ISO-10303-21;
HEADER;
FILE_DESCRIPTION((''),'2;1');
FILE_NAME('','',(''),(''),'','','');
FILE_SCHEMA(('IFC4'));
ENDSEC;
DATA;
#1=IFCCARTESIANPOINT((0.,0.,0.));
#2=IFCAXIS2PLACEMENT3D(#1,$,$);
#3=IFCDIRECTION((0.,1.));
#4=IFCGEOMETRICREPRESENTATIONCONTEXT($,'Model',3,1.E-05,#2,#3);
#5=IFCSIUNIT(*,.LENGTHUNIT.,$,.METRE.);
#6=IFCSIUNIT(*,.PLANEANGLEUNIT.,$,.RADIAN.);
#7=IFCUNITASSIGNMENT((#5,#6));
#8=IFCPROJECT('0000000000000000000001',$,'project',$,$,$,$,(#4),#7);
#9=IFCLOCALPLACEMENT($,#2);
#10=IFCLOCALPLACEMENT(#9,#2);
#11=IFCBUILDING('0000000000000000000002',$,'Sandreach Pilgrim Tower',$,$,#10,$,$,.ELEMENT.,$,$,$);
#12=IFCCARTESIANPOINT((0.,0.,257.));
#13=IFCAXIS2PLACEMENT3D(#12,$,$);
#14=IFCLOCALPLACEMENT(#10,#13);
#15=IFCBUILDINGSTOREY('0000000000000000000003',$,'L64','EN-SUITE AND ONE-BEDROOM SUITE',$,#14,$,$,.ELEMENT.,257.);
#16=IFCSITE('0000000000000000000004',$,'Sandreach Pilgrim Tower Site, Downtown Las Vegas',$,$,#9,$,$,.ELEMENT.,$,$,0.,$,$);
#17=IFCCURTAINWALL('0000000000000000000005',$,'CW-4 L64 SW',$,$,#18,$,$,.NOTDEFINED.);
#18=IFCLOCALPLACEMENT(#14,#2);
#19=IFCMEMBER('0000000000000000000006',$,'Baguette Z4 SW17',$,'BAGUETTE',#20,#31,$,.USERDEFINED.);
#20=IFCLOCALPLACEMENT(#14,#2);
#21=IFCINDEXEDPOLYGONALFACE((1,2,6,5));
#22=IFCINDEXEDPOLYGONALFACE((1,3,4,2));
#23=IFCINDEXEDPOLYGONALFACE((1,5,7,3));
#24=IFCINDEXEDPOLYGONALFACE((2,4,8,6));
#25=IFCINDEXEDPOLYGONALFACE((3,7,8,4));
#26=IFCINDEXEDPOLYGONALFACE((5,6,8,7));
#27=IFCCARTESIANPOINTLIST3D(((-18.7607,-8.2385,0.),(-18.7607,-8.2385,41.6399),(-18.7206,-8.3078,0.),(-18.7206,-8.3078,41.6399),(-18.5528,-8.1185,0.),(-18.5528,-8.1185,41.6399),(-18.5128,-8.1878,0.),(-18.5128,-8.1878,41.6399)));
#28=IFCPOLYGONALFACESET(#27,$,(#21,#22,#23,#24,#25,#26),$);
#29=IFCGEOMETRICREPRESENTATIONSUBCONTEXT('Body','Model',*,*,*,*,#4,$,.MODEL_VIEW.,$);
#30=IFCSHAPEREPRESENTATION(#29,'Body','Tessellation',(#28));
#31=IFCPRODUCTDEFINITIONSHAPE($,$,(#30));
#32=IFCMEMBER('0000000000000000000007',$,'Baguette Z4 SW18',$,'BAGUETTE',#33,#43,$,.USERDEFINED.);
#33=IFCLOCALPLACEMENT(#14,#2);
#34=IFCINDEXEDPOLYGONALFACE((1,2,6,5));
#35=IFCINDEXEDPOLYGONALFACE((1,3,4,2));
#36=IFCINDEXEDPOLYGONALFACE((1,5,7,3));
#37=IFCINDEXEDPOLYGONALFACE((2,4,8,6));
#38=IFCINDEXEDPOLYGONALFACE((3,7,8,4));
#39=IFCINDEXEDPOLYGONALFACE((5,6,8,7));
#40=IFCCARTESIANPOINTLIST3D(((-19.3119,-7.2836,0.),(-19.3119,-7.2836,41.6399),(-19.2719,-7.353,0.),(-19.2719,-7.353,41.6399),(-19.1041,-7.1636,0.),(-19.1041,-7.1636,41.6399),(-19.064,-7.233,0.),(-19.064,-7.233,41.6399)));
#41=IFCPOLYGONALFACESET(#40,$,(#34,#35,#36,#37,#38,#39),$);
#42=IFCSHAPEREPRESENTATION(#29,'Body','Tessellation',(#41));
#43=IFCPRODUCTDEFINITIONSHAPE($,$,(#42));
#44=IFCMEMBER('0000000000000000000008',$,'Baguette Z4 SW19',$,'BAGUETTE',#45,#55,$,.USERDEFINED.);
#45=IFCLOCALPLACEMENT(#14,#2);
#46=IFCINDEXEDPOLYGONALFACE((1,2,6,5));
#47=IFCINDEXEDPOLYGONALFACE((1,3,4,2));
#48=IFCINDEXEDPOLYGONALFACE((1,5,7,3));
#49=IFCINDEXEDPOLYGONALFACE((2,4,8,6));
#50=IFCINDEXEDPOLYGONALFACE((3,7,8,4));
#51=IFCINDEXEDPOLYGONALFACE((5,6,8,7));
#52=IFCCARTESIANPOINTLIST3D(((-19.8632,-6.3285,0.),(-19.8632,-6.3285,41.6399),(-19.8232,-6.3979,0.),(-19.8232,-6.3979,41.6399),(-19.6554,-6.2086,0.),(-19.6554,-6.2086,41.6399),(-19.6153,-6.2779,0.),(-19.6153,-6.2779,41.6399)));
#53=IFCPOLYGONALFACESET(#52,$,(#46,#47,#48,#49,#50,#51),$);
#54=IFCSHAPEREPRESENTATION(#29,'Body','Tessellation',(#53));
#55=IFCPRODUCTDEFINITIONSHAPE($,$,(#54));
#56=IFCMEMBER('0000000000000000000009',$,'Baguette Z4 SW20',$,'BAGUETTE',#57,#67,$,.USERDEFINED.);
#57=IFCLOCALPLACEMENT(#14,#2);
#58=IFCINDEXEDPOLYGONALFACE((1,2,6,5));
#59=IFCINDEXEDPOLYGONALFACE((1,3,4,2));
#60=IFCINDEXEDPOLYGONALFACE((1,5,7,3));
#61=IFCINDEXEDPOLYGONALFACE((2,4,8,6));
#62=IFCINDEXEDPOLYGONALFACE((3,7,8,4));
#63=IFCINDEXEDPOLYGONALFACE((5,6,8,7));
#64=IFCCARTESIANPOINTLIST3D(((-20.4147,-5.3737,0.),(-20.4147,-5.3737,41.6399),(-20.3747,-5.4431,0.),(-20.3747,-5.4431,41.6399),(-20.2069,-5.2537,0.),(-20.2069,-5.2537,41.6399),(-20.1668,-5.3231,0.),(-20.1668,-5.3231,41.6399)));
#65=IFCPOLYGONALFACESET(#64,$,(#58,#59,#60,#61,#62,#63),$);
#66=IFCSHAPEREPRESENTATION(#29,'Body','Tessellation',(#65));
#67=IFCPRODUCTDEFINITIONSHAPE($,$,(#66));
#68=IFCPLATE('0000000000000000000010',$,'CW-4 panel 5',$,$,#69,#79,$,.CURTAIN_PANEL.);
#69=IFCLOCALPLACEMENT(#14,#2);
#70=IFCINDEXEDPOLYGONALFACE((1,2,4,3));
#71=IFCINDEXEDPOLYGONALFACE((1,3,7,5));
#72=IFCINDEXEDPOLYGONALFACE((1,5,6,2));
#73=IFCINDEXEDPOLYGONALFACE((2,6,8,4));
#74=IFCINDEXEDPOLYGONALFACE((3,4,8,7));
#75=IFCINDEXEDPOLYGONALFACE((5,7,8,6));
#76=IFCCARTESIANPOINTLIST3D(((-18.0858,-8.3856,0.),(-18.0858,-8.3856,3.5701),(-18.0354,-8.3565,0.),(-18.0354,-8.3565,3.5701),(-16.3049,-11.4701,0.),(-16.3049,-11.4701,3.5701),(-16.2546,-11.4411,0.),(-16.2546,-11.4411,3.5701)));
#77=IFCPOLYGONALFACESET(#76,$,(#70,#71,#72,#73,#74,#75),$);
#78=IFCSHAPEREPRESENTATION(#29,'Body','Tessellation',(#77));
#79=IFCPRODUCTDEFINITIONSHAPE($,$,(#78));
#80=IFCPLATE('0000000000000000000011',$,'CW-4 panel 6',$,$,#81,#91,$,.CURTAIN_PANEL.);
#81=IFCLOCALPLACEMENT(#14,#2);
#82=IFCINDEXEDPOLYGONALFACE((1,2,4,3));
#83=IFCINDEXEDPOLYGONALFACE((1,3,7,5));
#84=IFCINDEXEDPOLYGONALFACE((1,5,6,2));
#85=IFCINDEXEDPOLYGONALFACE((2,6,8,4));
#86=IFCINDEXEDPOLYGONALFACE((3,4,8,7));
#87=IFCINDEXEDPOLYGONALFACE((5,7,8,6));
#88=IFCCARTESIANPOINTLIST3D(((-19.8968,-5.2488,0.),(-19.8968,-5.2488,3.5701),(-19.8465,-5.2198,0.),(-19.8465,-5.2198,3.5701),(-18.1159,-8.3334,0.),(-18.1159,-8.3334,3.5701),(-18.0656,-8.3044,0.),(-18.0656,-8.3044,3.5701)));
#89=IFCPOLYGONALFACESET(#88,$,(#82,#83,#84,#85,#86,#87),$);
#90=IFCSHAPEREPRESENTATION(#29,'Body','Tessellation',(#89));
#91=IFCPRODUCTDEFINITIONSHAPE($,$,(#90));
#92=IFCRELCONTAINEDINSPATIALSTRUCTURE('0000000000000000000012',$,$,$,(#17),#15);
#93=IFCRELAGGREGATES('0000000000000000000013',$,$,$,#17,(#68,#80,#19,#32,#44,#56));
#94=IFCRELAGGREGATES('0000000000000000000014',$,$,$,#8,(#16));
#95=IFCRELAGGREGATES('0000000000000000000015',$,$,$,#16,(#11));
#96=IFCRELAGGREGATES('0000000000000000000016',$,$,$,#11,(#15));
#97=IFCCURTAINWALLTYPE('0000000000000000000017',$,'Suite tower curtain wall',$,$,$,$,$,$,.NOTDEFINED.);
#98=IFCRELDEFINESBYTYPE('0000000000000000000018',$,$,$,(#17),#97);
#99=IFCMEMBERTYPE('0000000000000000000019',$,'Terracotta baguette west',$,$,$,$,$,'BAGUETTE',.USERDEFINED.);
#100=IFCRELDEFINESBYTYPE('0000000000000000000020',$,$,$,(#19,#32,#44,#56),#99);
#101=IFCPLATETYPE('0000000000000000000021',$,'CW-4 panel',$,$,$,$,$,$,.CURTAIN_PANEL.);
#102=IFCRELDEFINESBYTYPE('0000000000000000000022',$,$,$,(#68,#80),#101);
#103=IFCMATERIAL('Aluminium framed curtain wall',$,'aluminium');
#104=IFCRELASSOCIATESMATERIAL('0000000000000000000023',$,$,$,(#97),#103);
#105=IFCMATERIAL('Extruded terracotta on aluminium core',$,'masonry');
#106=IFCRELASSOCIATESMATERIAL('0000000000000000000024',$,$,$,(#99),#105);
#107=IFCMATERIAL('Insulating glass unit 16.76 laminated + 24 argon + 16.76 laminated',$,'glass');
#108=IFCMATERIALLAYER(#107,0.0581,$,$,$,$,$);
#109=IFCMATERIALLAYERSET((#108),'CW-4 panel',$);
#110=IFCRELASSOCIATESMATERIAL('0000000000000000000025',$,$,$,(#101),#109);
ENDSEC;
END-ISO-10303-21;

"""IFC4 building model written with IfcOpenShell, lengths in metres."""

from ifc_helpers import new_model, si_unit, direction, frame, origin, origin_2d, place, context, subcontext, project, spatial, rectangle, extrude, material, layer, layer_set, material_profile, profile_set, type_object, element, aggregate, save


model = new_model("IFC4")

# Units and contexts
model_context = context("Model", 3, precision=1e-05, world=origin(), true_north=direction((0.0, 1.0)))
body_context = subcontext(model_context, "Body", "Model", "MODEL_VIEW")
ifc_project = project(units=[si_unit("LENGTHUNIT", "METRE"), si_unit("PLANEANGLEUNIT", "RADIAN")], contexts=[model_context])

# Site, building, storey
site_placement = place(None, origin())
site = spatial("IfcSite", under=ifc_project, at=site_placement, Name="Sandreach Pilgrim Tower Site, Downtown Las Vegas", CompositionType="ELEMENT", RefElevation=0.0)
building_placement = place(site_placement, origin())
building = spatial("IfcBuilding", under=site, at=building_placement, Name="Sandreach Pilgrim Tower", CompositionType="ELEMENT")
storey_placement = place(building_placement, frame((0.0, 0.0, 257.0)))
storey = spatial("IfcBuildingStorey", under=building, at=storey_placement, Name="L64", Description="EN-SUITE AND ONE-BEDROOM SUITE", CompositionType="ELEMENT", Elevation=257.0)

# Curtain wall
ifc_material_1 = material(Name="Aluminium framed curtain wall", Category="aluminium")
curtain_wall_type = type_object("IfcCurtainWallType", Name="Suite tower curtain wall", PredefinedType="NOTDEFINED", material=ifc_material_1)
curtain_wall_placement = place(storey_placement, origin())
curtain_wall = element("IfcCurtainWall", 1, at=curtain_wall_placement, inside=storey, type_object=curtain_wall_type, Name="CW-4 L64 SW", PredefinedType="NOTDEFINED")

# Members
ifc_material_2 = material(Name="Extruded terracotta on aluminium core", Category="masonry")
ifc_material_profile_1 = material_profile(ifc_material_2, rectangle(XDim=0.0801, YDim=0.24, at=origin_2d()), Name="TBW 80X240")
ifc_profile_set_1 = profile_set([ifc_material_profile_1], Name="Extruded terracotta on aluminium core")
member_type_1 = type_object("IfcMemberType", Name="Terracotta baguette west", ElementType="BAGUETTE", PredefinedType="USERDEFINED", material=ifc_profile_set_1)
member_1_placement = place(storey_placement, frame((-18.6367, -8.2131, 0.0), z_axis=(0.0, 0.0, 1.0), x_axis=(-0.5, 0.866025, 0.0)))
member_1 = element("IfcMember", 2, at=member_1_placement, type_object=member_type_1, Name="Baguette Z4 SW17", ObjectType="BAGUETTE", PredefinedType="USERDEFINED", context=body_context, shape_type="SweptSolid", body=[
    extrude(rectangle(XDim=0.0801, YDim=0.24, at=origin_2d()), origin(), (0.0, 0.0, 1.0), 41.6399),
])
member_2_placement = place(storey_placement, frame((-19.188, -7.2583, 0.0), z_axis=(0.0, 0.0, 1.0), x_axis=(-0.5, 0.866025, 0.0)))
member_2 = element("IfcMember", 3, at=member_2_placement, type_object=member_type_1, Name="Baguette Z4 SW18", ObjectType="BAGUETTE", PredefinedType="USERDEFINED", context=body_context, shape_type="SweptSolid", body=[
    extrude(rectangle(XDim=0.0801, YDim=0.24, at=origin_2d()), origin(), (0.0, 0.0, 1.0), 41.6399),
])
member_3_placement = place(storey_placement, frame((-19.7393, -6.3032, 0.0), z_axis=(0.0, 0.0, 1.0), x_axis=(-0.5, 0.866025, 0.0)))
member_3 = element("IfcMember", 4, at=member_3_placement, type_object=member_type_1, Name="Baguette Z4 SW19", ObjectType="BAGUETTE", PredefinedType="USERDEFINED", context=body_context, shape_type="SweptSolid", body=[
    extrude(rectangle(XDim=0.0801, YDim=0.24, at=origin_2d()), origin(), (0.0, 0.0, 1.0), 41.6399),
])
member_4_placement = place(storey_placement, frame((-20.2908, -5.3484, 0.0), z_axis=(0.0, 0.0, 1.0), x_axis=(-0.5, 0.866025, 0.0)))
member_4 = element("IfcMember", 5, at=member_4_placement, type_object=member_type_1, Name="Baguette Z4 SW20", ObjectType="BAGUETTE", PredefinedType="USERDEFINED", context=body_context, shape_type="SweptSolid", body=[
    extrude(rectangle(XDim=0.0801, YDim=0.24, at=origin_2d()), origin(), (0.0, 0.0, 1.0), 41.6399),
])

# Plates
ifc_material_3 = material(Name="Insulating glass unit 16.76 laminated + 24 argon + 16.76 laminated", Category="glass")
ifc_layer = layer(ifc_material_3, 0.0581)
ifc_layer_set = layer_set([ifc_layer], Name="CW-4 panel")
plate_type = type_object("IfcPlateType", Name="CW-4 panel", PredefinedType="CURTAIN_PANEL", material=ifc_layer_set)
plate_1_placement = place(storey_placement, frame((-17.1702, -9.9133, 0.0), z_axis=(0.0, 0.0, 1.0), x_axis=(-0.5, 0.866025, 0.0)))
plate_1 = element("IfcPlate", 6, at=plate_1_placement, type_object=plate_type, Name="CW-4 panel 5", PredefinedType="CURTAIN_PANEL", context=body_context, shape_type="SweptSolid", body=[
    extrude(rectangle(XDim=3.5618, YDim=0.0581, at=origin_2d()), origin(), (0.0, 0.0, 1.0), 3.5701),
])
plate_2_placement = place(storey_placement, frame((-18.9812, -6.7766, 0.0), z_axis=(0.0, 0.0, 1.0), x_axis=(-0.5, 0.866025, 0.0)))
plate_2 = element("IfcPlate", 7, at=plate_2_placement, type_object=plate_type, Name="CW-4 panel 6", PredefinedType="CURTAIN_PANEL", context=body_context, shape_type="SweptSolid", body=[
    extrude(rectangle(XDim=3.5618, YDim=0.0581, at=origin_2d()), origin(), (0.0, 0.0, 1.0), 3.5701),
])
aggregate(curtain_wall, [plate_1, plate_2, member_1, member_2, member_3, member_4])

save(model, "model.ifc")
